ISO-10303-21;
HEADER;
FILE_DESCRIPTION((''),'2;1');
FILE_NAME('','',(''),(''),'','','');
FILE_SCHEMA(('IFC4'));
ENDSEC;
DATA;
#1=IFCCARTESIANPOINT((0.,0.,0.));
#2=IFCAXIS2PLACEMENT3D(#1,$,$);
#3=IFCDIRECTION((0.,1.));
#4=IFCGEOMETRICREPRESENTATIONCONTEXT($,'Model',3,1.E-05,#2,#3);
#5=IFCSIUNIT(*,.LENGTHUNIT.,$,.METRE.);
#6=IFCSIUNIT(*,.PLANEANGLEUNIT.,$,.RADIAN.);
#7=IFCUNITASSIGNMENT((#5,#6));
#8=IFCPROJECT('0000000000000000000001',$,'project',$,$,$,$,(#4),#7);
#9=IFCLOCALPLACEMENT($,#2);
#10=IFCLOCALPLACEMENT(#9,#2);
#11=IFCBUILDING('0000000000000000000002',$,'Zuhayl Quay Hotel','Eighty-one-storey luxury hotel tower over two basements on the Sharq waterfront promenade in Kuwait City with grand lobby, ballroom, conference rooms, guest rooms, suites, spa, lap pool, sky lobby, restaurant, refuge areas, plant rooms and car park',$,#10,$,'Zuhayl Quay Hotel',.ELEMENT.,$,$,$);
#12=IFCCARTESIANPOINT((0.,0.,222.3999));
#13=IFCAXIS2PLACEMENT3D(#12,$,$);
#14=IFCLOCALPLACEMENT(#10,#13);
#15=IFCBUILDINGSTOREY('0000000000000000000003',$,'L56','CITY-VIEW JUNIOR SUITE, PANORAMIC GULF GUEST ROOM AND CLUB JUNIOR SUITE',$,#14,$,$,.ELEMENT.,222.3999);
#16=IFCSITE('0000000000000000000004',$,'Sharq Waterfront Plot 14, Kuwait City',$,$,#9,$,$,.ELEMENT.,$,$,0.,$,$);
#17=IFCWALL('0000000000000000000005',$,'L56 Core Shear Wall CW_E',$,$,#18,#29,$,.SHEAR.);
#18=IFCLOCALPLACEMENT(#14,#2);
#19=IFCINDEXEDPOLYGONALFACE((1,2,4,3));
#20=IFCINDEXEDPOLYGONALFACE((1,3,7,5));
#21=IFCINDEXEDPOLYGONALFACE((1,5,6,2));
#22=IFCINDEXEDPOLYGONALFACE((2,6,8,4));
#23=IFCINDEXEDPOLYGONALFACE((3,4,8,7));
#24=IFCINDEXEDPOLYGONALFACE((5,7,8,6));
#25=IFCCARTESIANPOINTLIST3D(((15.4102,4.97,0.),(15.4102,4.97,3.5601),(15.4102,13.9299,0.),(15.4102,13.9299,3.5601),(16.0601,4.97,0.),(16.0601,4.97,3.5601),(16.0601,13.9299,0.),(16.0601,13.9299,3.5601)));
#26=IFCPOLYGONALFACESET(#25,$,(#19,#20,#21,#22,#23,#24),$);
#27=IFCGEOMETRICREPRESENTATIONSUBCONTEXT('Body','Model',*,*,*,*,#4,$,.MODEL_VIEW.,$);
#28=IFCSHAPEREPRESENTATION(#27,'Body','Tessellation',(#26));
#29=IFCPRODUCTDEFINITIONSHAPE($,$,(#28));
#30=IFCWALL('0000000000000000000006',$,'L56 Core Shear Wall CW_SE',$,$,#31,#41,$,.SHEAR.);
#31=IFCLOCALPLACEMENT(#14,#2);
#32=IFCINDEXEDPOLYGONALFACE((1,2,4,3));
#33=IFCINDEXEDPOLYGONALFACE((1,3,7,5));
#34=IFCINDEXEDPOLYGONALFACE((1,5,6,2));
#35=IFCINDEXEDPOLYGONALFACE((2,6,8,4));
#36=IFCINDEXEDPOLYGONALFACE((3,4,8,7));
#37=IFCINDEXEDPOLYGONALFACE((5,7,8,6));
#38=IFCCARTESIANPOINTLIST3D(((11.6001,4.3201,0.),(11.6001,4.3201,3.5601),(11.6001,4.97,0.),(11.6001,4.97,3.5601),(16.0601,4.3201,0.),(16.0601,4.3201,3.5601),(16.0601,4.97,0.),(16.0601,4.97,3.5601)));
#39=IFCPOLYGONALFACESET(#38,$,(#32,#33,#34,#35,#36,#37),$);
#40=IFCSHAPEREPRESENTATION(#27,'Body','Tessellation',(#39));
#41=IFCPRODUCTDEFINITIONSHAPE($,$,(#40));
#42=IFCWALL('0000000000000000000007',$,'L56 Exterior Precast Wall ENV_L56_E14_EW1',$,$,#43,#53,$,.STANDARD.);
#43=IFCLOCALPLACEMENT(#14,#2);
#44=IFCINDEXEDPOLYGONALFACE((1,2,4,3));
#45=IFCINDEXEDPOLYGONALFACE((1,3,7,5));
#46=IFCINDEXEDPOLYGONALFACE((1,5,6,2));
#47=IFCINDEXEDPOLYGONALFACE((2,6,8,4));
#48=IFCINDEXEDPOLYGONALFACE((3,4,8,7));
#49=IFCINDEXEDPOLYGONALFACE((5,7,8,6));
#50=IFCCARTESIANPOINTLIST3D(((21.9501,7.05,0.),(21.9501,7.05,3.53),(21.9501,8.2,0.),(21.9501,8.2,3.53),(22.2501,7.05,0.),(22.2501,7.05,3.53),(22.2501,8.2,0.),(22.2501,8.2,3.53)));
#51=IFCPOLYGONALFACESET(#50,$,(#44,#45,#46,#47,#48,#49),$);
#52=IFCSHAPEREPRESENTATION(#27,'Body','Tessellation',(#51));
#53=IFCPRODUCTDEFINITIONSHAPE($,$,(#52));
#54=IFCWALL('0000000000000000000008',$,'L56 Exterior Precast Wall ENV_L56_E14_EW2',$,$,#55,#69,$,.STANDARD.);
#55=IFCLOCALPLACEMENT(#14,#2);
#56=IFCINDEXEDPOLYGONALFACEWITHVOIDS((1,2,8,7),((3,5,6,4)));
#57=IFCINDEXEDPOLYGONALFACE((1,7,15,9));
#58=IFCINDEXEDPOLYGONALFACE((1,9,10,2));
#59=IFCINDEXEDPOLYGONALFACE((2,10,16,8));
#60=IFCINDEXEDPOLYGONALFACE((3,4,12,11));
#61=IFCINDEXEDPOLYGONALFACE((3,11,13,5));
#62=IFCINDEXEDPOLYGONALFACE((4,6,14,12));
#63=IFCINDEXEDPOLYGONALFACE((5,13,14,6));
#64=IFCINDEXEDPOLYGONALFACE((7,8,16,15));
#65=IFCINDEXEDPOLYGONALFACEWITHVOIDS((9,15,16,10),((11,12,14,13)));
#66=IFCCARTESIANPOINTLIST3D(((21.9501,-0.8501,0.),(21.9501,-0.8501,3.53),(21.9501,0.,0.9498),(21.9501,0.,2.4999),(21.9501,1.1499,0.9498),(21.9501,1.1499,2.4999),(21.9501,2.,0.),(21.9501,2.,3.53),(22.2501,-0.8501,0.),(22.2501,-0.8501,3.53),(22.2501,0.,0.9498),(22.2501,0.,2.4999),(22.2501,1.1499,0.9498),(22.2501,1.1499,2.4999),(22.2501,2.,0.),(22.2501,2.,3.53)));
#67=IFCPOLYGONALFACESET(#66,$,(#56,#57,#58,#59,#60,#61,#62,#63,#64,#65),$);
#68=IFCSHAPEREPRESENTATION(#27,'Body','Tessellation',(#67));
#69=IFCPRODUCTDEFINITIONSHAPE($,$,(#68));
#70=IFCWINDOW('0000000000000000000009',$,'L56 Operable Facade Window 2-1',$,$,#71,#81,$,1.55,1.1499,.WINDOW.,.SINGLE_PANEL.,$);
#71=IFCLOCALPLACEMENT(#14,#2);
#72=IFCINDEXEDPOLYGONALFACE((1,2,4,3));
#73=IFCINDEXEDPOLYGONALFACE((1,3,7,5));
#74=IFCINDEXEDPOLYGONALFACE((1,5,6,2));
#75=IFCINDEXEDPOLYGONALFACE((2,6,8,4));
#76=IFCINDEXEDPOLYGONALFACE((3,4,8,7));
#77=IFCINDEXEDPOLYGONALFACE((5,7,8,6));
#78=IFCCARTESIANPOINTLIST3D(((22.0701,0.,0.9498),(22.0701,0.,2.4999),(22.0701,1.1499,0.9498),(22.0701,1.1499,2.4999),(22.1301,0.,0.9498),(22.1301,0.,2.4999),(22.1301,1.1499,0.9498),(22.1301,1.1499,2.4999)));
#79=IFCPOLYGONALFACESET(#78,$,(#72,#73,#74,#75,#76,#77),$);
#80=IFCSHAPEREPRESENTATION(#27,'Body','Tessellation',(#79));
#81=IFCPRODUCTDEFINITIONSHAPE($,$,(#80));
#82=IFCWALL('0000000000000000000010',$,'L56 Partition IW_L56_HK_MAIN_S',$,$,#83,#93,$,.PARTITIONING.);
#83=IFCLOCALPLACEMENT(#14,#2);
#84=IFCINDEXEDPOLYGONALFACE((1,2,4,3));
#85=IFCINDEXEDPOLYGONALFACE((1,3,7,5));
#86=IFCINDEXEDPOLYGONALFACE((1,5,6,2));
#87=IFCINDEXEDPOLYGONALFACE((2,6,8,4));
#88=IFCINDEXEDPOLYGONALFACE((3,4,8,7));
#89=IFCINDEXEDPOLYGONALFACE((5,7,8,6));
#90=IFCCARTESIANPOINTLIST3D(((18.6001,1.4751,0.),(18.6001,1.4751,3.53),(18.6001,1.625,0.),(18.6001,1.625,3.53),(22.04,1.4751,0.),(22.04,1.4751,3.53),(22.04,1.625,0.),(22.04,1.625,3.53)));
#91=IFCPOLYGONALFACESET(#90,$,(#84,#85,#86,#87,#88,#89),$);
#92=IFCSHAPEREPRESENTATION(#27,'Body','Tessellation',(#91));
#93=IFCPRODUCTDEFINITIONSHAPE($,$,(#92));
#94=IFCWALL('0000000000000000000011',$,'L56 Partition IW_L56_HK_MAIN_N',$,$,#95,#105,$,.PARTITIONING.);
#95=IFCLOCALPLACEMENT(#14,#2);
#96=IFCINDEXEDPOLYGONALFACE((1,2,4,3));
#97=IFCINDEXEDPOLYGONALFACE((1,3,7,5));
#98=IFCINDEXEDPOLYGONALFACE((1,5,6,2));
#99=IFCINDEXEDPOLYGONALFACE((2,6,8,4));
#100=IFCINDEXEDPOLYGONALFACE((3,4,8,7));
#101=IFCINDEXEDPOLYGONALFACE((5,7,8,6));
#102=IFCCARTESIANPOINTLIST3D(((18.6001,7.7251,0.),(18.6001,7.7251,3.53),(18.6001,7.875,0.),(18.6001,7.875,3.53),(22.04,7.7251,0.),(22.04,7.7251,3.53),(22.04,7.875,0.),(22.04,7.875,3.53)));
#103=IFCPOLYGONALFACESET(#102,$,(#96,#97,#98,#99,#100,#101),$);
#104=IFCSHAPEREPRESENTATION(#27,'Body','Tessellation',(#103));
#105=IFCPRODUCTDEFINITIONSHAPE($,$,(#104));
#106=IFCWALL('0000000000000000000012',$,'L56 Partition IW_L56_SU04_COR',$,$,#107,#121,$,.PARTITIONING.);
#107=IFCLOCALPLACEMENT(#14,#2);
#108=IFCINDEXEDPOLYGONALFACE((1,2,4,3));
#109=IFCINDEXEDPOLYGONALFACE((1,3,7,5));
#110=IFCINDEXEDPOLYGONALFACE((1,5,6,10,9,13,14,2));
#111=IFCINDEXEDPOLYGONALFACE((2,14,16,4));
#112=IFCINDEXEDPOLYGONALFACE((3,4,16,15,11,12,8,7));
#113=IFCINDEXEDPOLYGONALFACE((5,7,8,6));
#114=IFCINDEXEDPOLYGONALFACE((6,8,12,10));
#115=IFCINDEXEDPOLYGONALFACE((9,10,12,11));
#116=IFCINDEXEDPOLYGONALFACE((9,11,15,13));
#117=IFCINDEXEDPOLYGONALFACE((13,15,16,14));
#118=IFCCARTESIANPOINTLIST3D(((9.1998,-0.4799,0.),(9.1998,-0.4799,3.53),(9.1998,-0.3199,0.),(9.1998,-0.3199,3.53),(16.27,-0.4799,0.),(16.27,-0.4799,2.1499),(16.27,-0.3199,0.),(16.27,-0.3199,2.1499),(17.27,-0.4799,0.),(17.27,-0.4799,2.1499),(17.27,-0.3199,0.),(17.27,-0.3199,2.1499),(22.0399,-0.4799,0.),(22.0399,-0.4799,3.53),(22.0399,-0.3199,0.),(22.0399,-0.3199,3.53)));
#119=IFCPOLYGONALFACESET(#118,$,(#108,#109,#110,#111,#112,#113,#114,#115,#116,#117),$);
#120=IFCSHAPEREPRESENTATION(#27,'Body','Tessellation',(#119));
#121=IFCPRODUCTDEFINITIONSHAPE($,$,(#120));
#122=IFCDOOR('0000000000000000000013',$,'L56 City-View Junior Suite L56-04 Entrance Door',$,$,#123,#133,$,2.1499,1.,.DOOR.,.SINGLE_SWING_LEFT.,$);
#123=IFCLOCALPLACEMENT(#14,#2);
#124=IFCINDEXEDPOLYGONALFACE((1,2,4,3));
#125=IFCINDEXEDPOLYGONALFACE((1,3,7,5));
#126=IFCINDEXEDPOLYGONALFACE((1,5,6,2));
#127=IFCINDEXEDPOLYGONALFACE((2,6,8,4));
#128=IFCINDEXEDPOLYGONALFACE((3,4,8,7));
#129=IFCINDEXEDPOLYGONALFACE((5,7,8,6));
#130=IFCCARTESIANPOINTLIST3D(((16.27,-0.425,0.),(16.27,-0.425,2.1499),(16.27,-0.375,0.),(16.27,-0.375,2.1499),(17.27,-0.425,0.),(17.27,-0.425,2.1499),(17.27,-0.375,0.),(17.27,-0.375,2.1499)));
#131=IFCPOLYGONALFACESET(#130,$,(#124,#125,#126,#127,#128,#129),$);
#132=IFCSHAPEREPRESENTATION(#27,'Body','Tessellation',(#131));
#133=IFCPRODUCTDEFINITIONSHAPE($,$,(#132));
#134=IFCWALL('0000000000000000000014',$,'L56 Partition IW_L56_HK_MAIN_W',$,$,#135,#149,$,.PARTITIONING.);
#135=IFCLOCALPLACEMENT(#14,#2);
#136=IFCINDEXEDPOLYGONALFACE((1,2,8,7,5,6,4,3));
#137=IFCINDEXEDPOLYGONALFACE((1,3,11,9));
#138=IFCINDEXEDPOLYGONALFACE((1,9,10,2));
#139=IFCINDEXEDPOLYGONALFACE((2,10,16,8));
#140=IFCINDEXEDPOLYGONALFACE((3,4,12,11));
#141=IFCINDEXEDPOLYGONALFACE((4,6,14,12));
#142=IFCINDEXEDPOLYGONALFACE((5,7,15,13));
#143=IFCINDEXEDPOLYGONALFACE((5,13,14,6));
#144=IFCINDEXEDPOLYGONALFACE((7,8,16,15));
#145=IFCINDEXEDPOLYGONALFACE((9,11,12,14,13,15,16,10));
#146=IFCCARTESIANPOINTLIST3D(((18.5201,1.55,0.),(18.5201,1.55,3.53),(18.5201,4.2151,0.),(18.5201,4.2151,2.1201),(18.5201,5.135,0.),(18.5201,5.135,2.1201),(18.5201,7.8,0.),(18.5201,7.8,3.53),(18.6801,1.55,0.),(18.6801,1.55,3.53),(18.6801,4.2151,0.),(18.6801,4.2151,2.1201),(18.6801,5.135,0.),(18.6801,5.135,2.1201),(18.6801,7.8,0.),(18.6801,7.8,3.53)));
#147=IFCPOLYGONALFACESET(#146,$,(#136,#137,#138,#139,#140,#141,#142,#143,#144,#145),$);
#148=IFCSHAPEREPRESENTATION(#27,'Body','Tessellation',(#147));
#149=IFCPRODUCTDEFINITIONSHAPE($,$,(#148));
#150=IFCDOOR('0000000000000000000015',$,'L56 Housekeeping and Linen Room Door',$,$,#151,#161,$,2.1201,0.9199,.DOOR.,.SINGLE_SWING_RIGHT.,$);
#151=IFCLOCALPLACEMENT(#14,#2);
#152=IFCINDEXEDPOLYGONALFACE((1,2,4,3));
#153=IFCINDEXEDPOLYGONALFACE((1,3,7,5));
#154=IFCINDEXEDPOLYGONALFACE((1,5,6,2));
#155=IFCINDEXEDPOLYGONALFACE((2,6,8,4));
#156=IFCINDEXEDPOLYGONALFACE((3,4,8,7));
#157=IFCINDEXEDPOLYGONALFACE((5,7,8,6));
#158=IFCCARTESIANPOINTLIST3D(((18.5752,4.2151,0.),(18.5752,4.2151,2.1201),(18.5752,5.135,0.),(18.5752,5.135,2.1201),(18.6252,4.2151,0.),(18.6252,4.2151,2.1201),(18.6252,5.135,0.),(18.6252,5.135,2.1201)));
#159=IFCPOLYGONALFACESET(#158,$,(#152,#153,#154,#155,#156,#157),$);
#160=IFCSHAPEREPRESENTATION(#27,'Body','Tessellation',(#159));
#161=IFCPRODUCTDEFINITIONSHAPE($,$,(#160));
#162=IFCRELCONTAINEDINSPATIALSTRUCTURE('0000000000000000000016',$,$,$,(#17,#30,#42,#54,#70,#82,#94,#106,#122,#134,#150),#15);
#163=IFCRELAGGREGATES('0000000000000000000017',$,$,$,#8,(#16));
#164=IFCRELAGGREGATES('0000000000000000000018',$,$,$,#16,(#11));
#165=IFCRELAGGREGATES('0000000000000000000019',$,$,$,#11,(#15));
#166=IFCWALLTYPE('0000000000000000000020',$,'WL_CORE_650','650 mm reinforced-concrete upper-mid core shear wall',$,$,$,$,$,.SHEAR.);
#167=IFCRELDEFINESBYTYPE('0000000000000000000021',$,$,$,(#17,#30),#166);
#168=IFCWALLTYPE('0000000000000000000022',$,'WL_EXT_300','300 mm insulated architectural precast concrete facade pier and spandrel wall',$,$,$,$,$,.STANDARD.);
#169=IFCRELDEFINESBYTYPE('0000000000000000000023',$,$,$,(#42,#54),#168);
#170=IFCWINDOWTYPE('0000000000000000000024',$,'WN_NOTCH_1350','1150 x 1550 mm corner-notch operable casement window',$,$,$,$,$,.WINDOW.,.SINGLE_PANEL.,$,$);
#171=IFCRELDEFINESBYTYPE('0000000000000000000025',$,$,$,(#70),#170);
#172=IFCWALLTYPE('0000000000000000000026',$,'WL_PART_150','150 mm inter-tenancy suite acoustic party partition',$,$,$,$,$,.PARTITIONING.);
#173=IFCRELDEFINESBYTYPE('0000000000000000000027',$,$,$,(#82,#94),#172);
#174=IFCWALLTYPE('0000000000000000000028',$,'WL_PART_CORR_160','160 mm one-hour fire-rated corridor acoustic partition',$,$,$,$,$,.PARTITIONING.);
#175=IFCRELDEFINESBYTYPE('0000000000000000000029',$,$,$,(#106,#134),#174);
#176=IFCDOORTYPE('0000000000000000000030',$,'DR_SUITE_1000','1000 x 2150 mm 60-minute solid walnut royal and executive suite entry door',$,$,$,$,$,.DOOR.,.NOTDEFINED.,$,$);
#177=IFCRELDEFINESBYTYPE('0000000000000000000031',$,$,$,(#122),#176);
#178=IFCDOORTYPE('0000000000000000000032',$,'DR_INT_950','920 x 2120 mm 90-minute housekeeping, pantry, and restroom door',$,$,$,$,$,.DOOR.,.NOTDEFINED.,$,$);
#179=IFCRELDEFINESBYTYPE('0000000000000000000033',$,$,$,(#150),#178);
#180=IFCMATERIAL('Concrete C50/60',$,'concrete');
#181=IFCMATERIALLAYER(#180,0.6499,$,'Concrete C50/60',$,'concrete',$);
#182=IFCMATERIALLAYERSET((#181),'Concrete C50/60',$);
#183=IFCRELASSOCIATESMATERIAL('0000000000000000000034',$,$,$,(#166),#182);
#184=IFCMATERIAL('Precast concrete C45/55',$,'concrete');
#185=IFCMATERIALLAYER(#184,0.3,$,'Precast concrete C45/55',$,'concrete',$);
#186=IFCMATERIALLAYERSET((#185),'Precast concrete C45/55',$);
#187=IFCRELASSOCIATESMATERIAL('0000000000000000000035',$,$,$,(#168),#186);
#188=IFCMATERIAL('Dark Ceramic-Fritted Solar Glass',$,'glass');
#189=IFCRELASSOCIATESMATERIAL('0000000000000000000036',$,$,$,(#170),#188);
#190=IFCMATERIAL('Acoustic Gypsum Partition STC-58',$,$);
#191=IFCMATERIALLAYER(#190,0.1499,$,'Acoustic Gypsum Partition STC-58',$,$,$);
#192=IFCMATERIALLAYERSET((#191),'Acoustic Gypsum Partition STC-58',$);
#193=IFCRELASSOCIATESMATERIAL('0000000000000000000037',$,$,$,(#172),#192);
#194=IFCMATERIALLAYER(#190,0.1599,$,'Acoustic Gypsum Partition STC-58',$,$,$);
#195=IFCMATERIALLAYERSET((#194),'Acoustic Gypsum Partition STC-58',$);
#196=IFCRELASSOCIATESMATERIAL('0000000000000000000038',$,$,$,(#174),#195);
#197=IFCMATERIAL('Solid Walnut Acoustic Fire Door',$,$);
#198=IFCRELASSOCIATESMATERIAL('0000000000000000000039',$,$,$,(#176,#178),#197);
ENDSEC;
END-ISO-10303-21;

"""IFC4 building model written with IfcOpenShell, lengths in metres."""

from ifc_helpers import new_model, si_unit, direction, frame, frame_2d, origin, place, context, subcontext, project, spatial, rectangle, extrude, material, layer, layer_set, type_object, element, fill, save


model = new_model("IFC4")

# Units and contexts
model_context = context("Model", 3, precision=1e-05, world=origin(), true_north=direction((0.0, 1.0)))
body_context = subcontext(model_context, "Body", "Model", "MODEL_VIEW")
ifc_project = project(units=[si_unit("LENGTHUNIT", "METRE"), si_unit("PLANEANGLEUNIT", "RADIAN")], contexts=[model_context])

# Site, building, storey
site_placement = place(None, origin())
site = spatial("IfcSite", under=ifc_project, at=site_placement, Name="Sharq Waterfront Plot 14, Kuwait City", CompositionType="ELEMENT", RefElevation=0.0)
building_placement = place(site_placement, origin())
building = spatial("IfcBuilding", under=site, at=building_placement, Name="Zuhayl Quay Hotel", Description="Eighty-one-storey luxury hotel tower over two basements on the Sharq waterfront promenade in Kuwait City with grand lobby, ballroom, conference rooms, guest rooms, suites, spa, lap pool, sky lobby, restaurant, refuge areas, plant rooms and car park", LongName="Zuhayl Quay Hotel", CompositionType="ELEMENT")
storey_placement = place(building_placement, frame((0.0, 0.0, 222.3999)))
storey = spatial("IfcBuildingStorey", under=building, at=storey_placement, Name="L56", Description="CITY-VIEW JUNIOR SUITE, PANORAMIC GULF GUEST ROOM AND CLUB JUNIOR SUITE", CompositionType="ELEMENT", Elevation=222.3999)

# Shared definitions
ifc_material_1 = material(Name="Dark Ceramic-Fritted Solar Glass", Category="glass")

# Walls
ifc_material_2 = material(Name="Concrete C50/60", Category="concrete")
ifc_layer_1 = layer(ifc_material_2, 0.6499, Name="Concrete C50/60", Category="concrete")
ifc_layer_set_1 = layer_set([ifc_layer_1], Name="Concrete C50/60")
wall_type_1 = type_object("IfcWallType", Name="WL_CORE_650", Description="650 mm reinforced-concrete upper-mid core shear wall", PredefinedType="SHEAR", material=ifc_layer_set_1)
wall_1_placement = place(storey_placement, frame((15.7351, 4.97, 0.0), z_axis=(0.0, 0.0, 1.0), x_axis=(0.0, 1.0, 0.0)))
element("IfcWall", 1, at=wall_1_placement, inside=storey, type_object=wall_type_1, Name="L56 Core Shear Wall CW_E", PredefinedType="SHEAR", context=body_context, shape_type="SweptSolid", body=[
    extrude(rectangle(XDim=8.96, YDim=0.6499, at=frame_2d((4.48, 0.0))), origin(), (0.0, 0.0, 1.0), 3.5601),
])
wall_2_placement = place(storey_placement, frame((11.6001, 4.645, 0.0), z_axis=(0.0, 0.0, 1.0), x_axis=(1.0, 0.0, 0.0)))
element("IfcWall", 2, at=wall_2_placement, inside=storey, type_object=wall_type_1, Name="L56 Core Shear Wall CW_SE", PredefinedType="SHEAR", context=body_context, shape_type="SweptSolid", body=[
    extrude(rectangle(XDim=4.46, YDim=0.6499, at=frame_2d((2.23, 0.0))), origin(), (0.0, 0.0, 1.0), 3.5601),
])
ifc_material_3 = material(Name="Precast concrete C45/55", Category="concrete")
ifc_layer_2 = layer(ifc_material_3, 0.3, Name="Precast concrete C45/55", Category="concrete")
ifc_layer_set_2 = layer_set([ifc_layer_2], Name="Precast concrete C45/55")
wall_type_2 = type_object("IfcWallType", Name="WL_EXT_300", Description="300 mm insulated architectural precast concrete facade pier and spandrel wall", PredefinedType="STANDARD", material=ifc_layer_set_2)
wall_3_placement = place(storey_placement, frame((22.1001, 8.2, 0.0), z_axis=(0.0, 0.0, 1.0), x_axis=(0.0, -1.0, 0.0)))
element("IfcWall", 3, at=wall_3_placement, inside=storey, type_object=wall_type_2, Name="L56 Exterior Precast Wall ENV_L56_E14_EW1", PredefinedType="STANDARD", context=body_context, shape_type="SweptSolid", body=[
    extrude(rectangle(XDim=1.1499, YDim=0.3, at=frame_2d((0.575, 0.0))), origin(), (0.0, 0.0, 1.0), 3.53),
])

# Wall, opening, window
wall_4_placement = place(storey_placement, frame((22.1001, 2.0, 0.0), z_axis=(0.0, 0.0, 1.0), x_axis=(0.0, -1.0, 0.0)))
wall_4 = element("IfcWall", 4, at=wall_4_placement, inside=storey, type_object=wall_type_2, Name="L56 Exterior Precast Wall ENV_L56_E14_EW2", PredefinedType="STANDARD", context=body_context, shape_type="SweptSolid", body=[
    extrude(rectangle(XDim=2.8501, YDim=0.3, at=frame_2d((1.425, 0.0))), origin(), (0.0, 0.0, 1.0), 3.53),
])
opening_1_placement = place(wall_4_placement, frame((0.8501, 0.0, 0.95)))
opening_1 = element("IfcOpeningElement", 5, at=opening_1_placement, cuts=wall_4, PredefinedType="OPENING", context=body_context, shape_type="SweptSolid", body=[
    extrude(rectangle(XDim=1.1499, YDim=1.55, at=frame_2d((0.575, 0.7749))), frame((0.0, 0.1599, 0.0), z_axis=(0.0, -1.0, 0.0), x_axis=(1.0, 0.0, 0.0)), (0.0, 0.0, 1.0), 0.3201),
])
window_type = type_object("IfcWindowType", Name="WN_NOTCH_1350", Description="1150 x 1550 mm corner-notch operable casement window", PartitioningType="SINGLE_PANEL", PredefinedType="WINDOW", material=ifc_material_1)
window_placement = place(opening_1_placement, origin())
window = element("IfcWindow", 6, at=window_placement, inside=storey, type_object=window_type, Name="L56 Operable Facade Window 2-1", OverallHeight=1.55, OverallWidth=1.1499, PartitioningType="SINGLE_PANEL", PredefinedType="WINDOW", context=body_context, shape_type="SweptSolid", body=[
    extrude(rectangle(XDim=1.1499, YDim=1.55, at=frame_2d((0.575, 0.7749))), frame((0.0, 0.03, 0.0), z_axis=(0.0, -1.0, 0.0), x_axis=(1.0, 0.0, 0.0)), (0.0, 0.0, 1.0), 0.0601),
])
fill(opening_1, window)

# Walls
ifc_material_4 = material(Name="Acoustic Gypsum Partition STC-58")
ifc_layer_3 = layer(ifc_material_4, 0.1499, Name="Acoustic Gypsum Partition STC-58")
ifc_layer_set_3 = layer_set([ifc_layer_3], Name="Acoustic Gypsum Partition STC-58")
wall_type_3 = type_object("IfcWallType", Name="WL_PART_150", Description="150 mm inter-tenancy suite acoustic party partition", PredefinedType="PARTITIONING", material=ifc_layer_set_3)
for number, where, z_axis, x_axis, name in (
    (7, (18.6001, 1.55, 0.0), (0.0, 0.0, 1.0), (1.0, 0.0, 0.0), "L56 Partition IW_L56_HK_MAIN_S"),
    (8, (18.6001, 7.8, 0.0), (0.0, 0.0, 1.0), (1.0, 0.0, 0.0), "L56 Partition IW_L56_HK_MAIN_N"),
):
    element("IfcWall", number, at=place(storey_placement, frame(where, z_axis=z_axis, x_axis=x_axis)), inside=storey, type_object=wall_type_3, Name=name, PredefinedType="PARTITIONING", context=body_context, shape_type="SweptSolid", body=[
        extrude(rectangle(XDim=3.4399, YDim=0.1499, at=frame_2d((1.72, 0.0))), origin(), (0.0, 0.0, 1.0), 3.53),
    ])

# Walls, openings, doors
ifc_layer_4 = layer(ifc_material_4, 0.1599, Name="Acoustic Gypsum Partition STC-58")
ifc_layer_set_4 = layer_set([ifc_layer_4], Name="Acoustic Gypsum Partition STC-58")
wall_type_4 = type_object("IfcWallType", Name="WL_PART_CORR_160", Description="160 mm one-hour fire-rated corridor acoustic partition", PredefinedType="PARTITIONING", material=ifc_layer_set_4)
wall_5_placement = place(storey_placement, frame((9.2, -0.3999, 0.0), z_axis=(0.0, 0.0, 1.0), x_axis=(1.0, 0.0, 0.0)))
wall_5 = element("IfcWall", 9, at=wall_5_placement, inside=storey, type_object=wall_type_4, Name="L56 Partition IW_L56_SU04_COR", PredefinedType="PARTITIONING", context=body_context, shape_type="SweptSolid", body=[
    extrude(rectangle(XDim=12.8401, YDim=0.1599, at=frame_2d((6.4199, 0.0))), origin(), (0.0, 0.0, 1.0), 3.53),
])
opening_2_placement = place(wall_5_placement, frame((7.0701, 0.0, 0.0)))
opening_2 = element("IfcOpeningElement", 10, at=opening_2_placement, cuts=wall_5, PredefinedType="OPENING", context=body_context, shape_type="SweptSolid", body=[
    extrude(rectangle(XDim=1.0, YDim=2.1499, at=frame_2d((0.5, 1.075))), frame((0.0, 0.0898, 0.0), z_axis=(0.0, -1.0, 0.0), x_axis=(1.0, 0.0, 0.0)), (0.0, 0.0, 1.0), 0.1799),
])
ifc_material_5 = material(Name="Solid Walnut Acoustic Fire Door")
door_type_1 = type_object("IfcDoorType", Name="DR_SUITE_1000", Description="1000 x 2150 mm 60-minute solid walnut royal and executive suite entry door", OperationType="NOTDEFINED", PredefinedType="DOOR", material=ifc_material_5)
door_1_placement = place(opening_2_placement, origin())
door_1 = element("IfcDoor", 11, at=door_1_placement, inside=storey, type_object=door_type_1, Name="L56 City-View Junior Suite L56-04 Entrance Door", OperationType="SINGLE_SWING_LEFT", OverallHeight=2.1499, OverallWidth=1.0, PredefinedType="DOOR", context=body_context, shape_type="SweptSolid", body=[
    extrude(rectangle(XDim=1.0, YDim=2.1499, at=frame_2d((0.5, 1.075))), frame((0.0, 0.0249, 0.0), z_axis=(0.0, -1.0, 0.0), x_axis=(1.0, 0.0, 0.0)), (0.0, 0.0, 1.0), 0.05),
])
fill(opening_2, door_1)
wall_6_placement = place(storey_placement, frame((18.6001, 1.55, 0.0), z_axis=(0.0, 0.0, 1.0), x_axis=(0.0, 1.0, 0.0)))
wall_6 = element("IfcWall", 12, at=wall_6_placement, inside=storey, type_object=wall_type_4, Name="L56 Partition IW_L56_HK_MAIN_W", PredefinedType="PARTITIONING", context=body_context, shape_type="SweptSolid", body=[
    extrude(rectangle(XDim=6.25, YDim=0.1599, at=frame_2d((3.125, 0.0))), origin(), (0.0, 0.0, 1.0), 3.53),
])
opening_3_placement = place(wall_6_placement, frame((2.665, 0.0, 0.0)))
opening_3 = element("IfcOpeningElement", 13, at=opening_3_placement, cuts=wall_6, PredefinedType="OPENING", context=body_context, shape_type="SweptSolid", body=[
    extrude(rectangle(XDim=0.9199, YDim=2.1201, at=frame_2d((0.46, 1.0601))), frame((0.0, 0.0898, 0.0), z_axis=(0.0, -1.0, 0.0), x_axis=(1.0, 0.0, 0.0)), (0.0, 0.0, 1.0), 0.1799),
])
door_type_2 = type_object("IfcDoorType", Name="DR_INT_950", Description="920 x 2120 mm 90-minute housekeeping, pantry, and restroom door", OperationType="NOTDEFINED", PredefinedType="DOOR", material=ifc_material_5)
door_2_placement = place(opening_3_placement, origin())
door_2 = element("IfcDoor", 14, at=door_2_placement, inside=storey, type_object=door_type_2, Name="L56 Housekeeping and Linen Room Door", OperationType="SINGLE_SWING_RIGHT", OverallHeight=2.1201, OverallWidth=0.9199, PredefinedType="DOOR", context=body_context, shape_type="SweptSolid", body=[
    extrude(rectangle(XDim=0.9199, YDim=2.1201, at=frame_2d((0.46, 1.0601))), frame((0.0, 0.0249, 0.0), z_axis=(0.0, -1.0, 0.0), x_axis=(1.0, 0.0, 0.0)), (0.0, 0.0, 1.0), 0.05),
])
fill(opening_3, door_2)

save(model, "model.ifc")
